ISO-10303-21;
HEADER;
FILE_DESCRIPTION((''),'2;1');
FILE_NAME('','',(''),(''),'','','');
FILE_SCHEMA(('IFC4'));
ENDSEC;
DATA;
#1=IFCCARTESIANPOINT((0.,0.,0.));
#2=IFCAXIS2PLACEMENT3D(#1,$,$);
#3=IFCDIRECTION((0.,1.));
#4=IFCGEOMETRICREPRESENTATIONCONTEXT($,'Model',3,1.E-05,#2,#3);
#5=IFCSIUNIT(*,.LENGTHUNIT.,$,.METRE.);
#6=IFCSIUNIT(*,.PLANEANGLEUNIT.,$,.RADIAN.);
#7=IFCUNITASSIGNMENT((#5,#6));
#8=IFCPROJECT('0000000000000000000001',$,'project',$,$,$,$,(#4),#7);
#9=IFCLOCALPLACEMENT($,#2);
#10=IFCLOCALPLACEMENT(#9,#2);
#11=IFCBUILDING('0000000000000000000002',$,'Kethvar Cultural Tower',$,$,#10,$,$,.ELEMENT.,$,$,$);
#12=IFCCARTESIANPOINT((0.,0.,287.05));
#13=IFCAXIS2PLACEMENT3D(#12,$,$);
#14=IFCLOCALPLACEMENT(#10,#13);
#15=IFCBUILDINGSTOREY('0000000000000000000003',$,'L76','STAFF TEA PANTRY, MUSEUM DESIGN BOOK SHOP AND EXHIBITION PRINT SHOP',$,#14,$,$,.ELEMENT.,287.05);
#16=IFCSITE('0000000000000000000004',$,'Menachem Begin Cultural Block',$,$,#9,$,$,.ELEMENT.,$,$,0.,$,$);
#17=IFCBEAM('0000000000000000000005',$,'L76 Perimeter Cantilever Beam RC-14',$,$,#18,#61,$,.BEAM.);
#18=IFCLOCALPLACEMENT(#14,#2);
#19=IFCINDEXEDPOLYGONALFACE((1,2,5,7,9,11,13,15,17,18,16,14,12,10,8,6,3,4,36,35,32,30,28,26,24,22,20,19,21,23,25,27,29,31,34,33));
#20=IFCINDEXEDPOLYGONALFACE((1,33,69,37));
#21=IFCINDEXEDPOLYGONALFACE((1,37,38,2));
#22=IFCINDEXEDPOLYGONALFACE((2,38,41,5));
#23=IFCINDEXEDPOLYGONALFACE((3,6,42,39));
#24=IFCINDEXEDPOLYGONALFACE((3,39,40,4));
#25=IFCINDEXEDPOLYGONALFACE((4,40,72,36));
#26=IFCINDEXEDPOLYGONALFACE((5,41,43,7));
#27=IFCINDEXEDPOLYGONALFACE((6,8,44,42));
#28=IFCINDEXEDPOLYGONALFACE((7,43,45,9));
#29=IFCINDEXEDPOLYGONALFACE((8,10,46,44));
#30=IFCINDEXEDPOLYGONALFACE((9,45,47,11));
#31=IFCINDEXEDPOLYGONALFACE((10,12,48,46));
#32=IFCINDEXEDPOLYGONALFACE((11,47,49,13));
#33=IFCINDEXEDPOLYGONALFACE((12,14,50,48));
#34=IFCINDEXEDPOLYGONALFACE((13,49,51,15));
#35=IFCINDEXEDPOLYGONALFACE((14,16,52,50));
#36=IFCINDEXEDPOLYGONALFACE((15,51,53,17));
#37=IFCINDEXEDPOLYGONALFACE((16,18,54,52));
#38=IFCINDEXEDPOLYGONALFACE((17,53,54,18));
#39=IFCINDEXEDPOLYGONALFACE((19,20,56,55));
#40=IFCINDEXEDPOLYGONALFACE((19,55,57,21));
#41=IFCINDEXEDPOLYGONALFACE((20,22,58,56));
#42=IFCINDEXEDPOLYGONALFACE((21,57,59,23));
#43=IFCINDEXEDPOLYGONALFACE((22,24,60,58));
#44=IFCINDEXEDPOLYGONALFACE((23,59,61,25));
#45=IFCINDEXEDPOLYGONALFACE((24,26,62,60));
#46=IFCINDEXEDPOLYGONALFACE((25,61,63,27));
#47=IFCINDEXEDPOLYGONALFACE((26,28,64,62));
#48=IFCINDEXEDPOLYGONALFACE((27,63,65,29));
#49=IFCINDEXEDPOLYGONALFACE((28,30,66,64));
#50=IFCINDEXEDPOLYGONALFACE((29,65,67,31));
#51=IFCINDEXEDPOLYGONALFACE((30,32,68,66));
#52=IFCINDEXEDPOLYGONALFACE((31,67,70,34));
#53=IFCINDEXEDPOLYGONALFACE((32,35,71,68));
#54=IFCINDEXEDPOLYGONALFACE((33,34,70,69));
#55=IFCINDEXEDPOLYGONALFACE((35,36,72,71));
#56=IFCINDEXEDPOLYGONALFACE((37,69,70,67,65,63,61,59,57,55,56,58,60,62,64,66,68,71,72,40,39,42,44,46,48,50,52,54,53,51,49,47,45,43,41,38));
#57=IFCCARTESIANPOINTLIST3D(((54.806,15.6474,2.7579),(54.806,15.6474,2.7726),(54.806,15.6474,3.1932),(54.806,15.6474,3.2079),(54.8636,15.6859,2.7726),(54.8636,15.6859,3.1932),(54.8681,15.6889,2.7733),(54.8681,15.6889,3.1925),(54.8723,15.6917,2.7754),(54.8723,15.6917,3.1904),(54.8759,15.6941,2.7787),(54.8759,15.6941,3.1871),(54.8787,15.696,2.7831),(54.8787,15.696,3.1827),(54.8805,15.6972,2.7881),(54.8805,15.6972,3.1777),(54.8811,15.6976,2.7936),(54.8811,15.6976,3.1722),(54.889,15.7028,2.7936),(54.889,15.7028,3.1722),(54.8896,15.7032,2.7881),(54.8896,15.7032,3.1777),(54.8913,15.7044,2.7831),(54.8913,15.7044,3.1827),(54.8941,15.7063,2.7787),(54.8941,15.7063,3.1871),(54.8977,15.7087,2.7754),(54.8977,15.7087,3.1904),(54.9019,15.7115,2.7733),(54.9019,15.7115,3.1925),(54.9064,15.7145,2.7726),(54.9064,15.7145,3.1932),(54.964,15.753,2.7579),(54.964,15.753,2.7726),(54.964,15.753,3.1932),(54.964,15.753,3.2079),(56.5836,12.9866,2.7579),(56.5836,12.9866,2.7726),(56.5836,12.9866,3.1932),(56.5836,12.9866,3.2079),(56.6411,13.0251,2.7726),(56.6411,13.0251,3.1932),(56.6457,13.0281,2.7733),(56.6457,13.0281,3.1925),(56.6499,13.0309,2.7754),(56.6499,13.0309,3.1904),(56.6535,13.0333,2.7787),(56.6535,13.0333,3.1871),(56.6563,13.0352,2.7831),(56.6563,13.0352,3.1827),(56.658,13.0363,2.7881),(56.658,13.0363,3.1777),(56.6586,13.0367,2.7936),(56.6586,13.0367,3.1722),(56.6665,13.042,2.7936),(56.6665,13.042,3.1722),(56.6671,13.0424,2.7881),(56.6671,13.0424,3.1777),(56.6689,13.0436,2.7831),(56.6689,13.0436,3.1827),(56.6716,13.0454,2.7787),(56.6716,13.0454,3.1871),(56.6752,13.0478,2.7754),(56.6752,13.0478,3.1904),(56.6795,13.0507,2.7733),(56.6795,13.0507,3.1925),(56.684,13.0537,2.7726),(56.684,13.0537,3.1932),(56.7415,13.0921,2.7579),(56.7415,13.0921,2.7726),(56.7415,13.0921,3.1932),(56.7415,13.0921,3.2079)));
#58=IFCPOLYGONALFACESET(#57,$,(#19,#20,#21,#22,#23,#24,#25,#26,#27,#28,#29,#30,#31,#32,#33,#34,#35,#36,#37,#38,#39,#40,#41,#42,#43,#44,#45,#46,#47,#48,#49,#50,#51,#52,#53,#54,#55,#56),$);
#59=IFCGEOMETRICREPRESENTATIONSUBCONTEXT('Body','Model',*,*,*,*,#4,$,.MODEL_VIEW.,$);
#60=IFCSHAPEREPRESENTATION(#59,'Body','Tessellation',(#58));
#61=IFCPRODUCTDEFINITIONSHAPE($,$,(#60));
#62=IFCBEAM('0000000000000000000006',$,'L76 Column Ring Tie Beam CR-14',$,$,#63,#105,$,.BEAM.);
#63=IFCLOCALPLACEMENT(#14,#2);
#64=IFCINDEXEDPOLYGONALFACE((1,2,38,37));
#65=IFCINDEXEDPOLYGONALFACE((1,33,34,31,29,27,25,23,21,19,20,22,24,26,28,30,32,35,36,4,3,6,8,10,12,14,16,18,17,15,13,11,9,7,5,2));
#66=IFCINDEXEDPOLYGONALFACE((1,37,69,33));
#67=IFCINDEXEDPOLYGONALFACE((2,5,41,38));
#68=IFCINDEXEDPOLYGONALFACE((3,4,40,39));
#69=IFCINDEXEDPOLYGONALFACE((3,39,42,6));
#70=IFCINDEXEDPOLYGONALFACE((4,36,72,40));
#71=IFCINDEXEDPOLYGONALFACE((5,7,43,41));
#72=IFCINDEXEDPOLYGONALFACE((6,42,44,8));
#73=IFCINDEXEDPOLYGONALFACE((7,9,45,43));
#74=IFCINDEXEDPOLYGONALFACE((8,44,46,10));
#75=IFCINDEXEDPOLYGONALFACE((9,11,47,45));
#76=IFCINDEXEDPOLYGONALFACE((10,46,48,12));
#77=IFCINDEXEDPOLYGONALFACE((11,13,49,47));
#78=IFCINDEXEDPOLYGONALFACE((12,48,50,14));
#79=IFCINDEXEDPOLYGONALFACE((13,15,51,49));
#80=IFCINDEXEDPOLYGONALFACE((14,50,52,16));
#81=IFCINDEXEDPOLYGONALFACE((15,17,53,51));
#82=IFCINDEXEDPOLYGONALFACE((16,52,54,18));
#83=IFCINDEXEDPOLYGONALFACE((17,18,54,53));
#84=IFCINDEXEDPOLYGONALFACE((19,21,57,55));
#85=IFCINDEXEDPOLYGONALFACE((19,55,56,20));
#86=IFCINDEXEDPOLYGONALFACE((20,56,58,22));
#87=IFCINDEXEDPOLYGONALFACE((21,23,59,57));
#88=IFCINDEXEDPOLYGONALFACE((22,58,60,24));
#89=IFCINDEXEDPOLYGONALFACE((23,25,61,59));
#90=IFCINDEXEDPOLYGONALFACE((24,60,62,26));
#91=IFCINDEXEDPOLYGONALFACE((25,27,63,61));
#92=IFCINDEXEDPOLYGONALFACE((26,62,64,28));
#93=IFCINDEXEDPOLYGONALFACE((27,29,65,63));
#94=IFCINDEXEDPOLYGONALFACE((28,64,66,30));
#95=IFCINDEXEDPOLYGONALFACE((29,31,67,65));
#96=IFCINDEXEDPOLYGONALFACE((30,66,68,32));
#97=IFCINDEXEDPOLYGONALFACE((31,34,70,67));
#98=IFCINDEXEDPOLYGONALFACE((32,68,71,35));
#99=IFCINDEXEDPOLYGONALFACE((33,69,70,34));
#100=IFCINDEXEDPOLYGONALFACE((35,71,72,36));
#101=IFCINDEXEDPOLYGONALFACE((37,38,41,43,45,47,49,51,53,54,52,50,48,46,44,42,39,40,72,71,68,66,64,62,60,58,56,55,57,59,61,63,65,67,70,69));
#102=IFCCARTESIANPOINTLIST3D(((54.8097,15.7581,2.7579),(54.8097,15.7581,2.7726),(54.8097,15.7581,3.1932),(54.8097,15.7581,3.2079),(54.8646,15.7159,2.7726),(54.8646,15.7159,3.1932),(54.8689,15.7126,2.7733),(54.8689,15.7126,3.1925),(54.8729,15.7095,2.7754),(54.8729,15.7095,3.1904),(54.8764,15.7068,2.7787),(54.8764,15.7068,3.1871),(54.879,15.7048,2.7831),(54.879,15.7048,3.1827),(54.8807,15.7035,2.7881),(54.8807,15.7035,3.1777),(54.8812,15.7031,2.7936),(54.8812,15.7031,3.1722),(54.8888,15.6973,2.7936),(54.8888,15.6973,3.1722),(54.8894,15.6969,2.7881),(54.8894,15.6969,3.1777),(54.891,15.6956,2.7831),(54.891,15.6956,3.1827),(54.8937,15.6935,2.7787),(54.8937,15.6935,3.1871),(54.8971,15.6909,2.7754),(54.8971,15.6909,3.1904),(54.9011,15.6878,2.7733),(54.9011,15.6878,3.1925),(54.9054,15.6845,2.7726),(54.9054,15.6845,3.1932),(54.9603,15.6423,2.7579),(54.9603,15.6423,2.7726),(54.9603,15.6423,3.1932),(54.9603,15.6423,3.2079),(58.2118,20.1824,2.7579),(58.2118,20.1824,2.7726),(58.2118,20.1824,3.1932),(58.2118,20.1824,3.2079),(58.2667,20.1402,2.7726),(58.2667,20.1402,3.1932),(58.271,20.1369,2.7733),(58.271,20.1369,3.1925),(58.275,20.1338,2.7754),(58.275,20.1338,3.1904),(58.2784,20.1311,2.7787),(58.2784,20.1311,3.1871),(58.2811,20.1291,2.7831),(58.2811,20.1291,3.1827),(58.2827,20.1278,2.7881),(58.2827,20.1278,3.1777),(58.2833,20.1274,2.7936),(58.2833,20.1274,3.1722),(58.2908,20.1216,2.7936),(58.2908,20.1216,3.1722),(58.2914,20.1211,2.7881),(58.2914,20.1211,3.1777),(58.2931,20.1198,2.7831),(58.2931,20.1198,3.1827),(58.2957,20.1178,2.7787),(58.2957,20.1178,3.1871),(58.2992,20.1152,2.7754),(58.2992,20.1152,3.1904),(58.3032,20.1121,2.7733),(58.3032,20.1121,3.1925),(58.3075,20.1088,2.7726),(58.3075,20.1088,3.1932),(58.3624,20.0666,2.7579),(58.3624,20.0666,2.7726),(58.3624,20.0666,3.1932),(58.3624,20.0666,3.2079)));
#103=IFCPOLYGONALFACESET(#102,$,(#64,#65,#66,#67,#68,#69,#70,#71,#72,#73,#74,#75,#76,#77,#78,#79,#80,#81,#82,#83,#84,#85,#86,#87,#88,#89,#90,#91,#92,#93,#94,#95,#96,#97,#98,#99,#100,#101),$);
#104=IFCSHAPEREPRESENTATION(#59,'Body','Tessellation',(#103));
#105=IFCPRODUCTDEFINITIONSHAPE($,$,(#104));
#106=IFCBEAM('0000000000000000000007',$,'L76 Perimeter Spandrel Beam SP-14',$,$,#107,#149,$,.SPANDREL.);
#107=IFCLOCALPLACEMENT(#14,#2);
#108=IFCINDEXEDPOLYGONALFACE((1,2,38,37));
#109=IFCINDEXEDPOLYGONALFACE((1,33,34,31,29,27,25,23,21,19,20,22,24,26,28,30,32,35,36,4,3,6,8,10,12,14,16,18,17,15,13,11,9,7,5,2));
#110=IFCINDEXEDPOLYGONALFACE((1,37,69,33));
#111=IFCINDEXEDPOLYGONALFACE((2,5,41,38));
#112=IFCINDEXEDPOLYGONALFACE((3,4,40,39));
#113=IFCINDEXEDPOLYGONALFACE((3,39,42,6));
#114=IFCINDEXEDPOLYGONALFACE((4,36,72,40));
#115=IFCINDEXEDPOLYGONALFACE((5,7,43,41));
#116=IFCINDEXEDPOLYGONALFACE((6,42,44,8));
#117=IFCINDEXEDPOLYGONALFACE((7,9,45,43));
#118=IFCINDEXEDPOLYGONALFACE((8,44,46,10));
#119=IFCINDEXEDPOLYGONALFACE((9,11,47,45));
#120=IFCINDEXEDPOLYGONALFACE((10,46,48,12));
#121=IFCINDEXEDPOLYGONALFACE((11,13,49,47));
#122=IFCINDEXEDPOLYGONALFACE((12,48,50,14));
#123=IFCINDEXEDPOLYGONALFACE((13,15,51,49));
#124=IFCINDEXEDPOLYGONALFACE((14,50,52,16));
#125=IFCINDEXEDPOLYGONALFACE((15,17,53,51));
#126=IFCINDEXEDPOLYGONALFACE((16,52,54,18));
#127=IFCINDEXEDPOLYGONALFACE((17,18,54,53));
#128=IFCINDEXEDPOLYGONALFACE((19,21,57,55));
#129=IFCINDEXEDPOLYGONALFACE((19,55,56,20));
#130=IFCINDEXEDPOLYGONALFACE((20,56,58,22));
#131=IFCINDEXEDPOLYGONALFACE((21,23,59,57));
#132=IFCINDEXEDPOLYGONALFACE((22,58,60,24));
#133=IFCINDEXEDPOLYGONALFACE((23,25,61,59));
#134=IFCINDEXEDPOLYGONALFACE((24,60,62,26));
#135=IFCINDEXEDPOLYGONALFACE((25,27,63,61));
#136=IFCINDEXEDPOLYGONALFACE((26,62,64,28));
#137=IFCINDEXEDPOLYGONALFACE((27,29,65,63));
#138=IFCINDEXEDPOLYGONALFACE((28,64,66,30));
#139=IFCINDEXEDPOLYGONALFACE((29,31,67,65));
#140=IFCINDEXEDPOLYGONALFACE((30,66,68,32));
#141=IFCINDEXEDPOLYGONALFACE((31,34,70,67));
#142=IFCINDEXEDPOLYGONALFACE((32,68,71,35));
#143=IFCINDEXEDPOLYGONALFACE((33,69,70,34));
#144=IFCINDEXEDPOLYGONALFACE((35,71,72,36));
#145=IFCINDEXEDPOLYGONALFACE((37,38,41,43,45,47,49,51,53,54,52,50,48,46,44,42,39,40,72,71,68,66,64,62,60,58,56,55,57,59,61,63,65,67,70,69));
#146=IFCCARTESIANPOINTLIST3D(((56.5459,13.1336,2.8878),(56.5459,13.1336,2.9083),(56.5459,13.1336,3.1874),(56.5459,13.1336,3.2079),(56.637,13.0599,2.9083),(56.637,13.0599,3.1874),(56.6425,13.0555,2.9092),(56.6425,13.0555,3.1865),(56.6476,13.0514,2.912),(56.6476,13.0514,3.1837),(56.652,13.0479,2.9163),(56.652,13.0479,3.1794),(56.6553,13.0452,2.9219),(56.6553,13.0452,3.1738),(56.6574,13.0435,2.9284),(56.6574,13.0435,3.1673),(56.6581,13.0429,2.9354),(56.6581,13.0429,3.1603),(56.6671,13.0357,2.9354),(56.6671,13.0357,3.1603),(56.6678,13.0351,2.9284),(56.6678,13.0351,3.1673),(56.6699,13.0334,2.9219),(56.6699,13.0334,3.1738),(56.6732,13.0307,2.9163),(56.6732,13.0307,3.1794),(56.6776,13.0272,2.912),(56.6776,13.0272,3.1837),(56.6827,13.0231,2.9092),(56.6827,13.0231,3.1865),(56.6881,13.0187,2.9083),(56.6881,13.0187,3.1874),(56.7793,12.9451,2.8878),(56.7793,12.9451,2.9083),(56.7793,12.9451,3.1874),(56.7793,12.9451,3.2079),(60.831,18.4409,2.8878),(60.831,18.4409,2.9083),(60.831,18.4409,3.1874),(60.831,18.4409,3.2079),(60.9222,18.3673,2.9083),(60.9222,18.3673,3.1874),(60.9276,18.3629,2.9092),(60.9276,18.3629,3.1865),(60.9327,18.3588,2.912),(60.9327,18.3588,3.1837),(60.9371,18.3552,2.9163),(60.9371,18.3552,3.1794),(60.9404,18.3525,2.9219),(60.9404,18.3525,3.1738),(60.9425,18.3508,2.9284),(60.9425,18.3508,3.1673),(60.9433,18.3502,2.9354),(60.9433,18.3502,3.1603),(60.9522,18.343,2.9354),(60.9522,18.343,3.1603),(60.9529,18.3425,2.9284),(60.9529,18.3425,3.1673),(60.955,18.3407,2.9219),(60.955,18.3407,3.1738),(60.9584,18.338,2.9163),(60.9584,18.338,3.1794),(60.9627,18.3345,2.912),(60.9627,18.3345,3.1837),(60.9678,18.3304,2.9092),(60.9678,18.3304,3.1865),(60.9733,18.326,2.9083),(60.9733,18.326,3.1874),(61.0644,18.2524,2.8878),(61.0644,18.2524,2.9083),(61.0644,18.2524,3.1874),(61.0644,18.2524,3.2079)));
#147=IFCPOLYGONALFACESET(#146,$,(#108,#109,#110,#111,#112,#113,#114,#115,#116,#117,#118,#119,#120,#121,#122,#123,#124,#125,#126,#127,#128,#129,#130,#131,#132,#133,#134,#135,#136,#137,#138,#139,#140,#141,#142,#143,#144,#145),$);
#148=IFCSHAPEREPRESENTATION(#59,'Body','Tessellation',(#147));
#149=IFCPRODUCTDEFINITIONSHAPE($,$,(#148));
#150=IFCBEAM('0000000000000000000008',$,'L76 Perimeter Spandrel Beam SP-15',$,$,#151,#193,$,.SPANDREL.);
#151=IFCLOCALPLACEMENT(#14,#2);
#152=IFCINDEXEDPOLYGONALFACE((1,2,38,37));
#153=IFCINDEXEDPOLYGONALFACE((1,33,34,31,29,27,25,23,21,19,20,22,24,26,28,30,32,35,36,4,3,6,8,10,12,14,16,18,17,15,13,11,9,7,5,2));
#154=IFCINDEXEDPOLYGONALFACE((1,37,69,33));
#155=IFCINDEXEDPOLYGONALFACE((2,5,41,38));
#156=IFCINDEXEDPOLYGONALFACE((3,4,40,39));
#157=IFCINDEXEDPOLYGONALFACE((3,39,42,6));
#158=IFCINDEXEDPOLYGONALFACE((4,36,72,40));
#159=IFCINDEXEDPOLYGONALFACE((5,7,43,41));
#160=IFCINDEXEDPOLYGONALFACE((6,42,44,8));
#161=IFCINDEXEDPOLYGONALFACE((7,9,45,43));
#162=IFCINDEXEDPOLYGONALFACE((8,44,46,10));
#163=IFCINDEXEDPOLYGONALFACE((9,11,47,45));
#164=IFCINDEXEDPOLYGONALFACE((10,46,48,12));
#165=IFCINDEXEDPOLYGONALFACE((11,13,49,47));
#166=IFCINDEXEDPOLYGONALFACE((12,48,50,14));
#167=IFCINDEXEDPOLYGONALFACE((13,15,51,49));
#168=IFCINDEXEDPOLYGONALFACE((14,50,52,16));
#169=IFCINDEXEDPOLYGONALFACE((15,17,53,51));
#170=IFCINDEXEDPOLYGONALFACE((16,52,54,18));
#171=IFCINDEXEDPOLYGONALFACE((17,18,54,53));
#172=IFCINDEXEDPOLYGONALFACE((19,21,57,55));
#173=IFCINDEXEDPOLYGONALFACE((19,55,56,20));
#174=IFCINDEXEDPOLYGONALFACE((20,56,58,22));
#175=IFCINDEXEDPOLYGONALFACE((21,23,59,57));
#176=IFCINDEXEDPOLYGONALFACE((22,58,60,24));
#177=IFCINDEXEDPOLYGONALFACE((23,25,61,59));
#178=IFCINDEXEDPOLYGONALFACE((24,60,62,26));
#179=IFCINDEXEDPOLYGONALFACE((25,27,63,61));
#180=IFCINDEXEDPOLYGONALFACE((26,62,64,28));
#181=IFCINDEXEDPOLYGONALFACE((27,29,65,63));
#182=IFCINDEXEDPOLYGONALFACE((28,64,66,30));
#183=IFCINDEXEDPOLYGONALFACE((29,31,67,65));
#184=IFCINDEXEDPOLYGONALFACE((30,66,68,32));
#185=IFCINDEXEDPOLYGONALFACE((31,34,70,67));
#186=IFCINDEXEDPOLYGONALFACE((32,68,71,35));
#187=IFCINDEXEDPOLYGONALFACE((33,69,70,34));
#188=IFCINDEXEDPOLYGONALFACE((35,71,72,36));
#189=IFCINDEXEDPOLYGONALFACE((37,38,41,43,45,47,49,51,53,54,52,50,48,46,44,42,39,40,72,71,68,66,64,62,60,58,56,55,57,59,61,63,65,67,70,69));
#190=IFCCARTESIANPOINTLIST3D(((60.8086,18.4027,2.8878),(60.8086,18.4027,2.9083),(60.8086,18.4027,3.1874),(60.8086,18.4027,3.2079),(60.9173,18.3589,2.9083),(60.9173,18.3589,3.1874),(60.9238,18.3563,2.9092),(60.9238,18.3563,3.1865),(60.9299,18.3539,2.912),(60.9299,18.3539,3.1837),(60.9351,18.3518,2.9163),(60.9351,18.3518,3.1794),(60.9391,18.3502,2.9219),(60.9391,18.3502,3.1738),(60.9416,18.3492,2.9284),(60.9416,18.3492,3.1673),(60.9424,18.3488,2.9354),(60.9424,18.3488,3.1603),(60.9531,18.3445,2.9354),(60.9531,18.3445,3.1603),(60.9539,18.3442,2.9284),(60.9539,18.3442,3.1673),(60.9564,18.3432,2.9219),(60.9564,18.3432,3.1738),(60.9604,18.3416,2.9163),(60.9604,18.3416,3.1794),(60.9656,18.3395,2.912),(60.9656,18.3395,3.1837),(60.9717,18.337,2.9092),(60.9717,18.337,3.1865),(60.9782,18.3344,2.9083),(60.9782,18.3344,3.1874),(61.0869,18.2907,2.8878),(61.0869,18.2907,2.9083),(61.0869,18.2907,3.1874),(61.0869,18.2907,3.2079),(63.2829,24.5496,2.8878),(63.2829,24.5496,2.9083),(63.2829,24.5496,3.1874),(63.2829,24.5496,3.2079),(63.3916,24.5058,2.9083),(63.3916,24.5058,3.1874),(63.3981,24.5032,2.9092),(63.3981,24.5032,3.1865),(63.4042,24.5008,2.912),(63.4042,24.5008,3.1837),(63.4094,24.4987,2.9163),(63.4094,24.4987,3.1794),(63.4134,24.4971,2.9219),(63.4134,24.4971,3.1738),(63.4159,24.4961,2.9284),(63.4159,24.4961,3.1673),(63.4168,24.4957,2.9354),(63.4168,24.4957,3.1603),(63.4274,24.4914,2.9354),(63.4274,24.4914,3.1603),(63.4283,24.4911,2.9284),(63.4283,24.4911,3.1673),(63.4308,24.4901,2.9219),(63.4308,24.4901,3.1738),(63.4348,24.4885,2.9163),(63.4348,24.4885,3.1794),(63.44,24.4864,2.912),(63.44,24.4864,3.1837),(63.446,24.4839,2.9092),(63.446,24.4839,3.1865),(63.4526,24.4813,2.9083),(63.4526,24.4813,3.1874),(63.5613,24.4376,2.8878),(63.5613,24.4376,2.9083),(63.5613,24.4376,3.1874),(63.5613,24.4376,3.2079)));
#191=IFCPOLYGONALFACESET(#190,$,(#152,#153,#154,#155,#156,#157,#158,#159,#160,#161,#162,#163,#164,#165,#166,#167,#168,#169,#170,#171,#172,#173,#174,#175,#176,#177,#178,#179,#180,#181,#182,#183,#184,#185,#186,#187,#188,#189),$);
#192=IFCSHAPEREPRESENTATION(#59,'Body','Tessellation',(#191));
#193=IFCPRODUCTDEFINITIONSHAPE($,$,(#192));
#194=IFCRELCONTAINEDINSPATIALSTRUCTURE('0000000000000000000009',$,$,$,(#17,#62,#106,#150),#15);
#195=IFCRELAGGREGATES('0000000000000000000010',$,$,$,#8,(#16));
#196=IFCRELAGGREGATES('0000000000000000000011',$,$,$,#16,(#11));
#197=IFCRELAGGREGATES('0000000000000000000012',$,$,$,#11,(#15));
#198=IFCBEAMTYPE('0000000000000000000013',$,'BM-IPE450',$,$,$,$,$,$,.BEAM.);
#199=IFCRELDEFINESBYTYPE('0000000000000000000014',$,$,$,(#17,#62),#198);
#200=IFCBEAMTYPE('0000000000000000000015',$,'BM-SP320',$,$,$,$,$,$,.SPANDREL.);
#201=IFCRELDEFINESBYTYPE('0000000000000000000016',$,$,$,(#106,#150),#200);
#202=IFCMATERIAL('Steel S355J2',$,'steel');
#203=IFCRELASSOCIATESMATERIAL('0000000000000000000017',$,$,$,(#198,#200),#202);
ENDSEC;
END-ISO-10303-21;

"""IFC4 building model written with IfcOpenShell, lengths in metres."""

from ifc_helpers import new_model, si_unit, direction, frame, origin, origin_2d, place, context, subcontext, project, spatial, i_section, extrude, source, transform, mapped, material, material_profile, profile_set, type_object, element, save


model = new_model("IFC4")

# Units and contexts
model_context = context("Model", 3, precision=1e-05, world=origin(), true_north=direction((0.0, 1.0)))
body_context = subcontext(model_context, "Body", "Model", "MODEL_VIEW")
ifc_project = project(units=[si_unit("LENGTHUNIT", "METRE"), si_unit("PLANEANGLEUNIT", "RADIAN")], contexts=[model_context])

# Site, building, storey
site_placement = place(None, origin())
site = spatial("IfcSite", under=ifc_project, at=site_placement, Name="Menachem Begin Cultural Block", CompositionType="ELEMENT", RefElevation=0.0)
building_placement = place(site_placement, origin())
building = spatial("IfcBuilding", under=site, at=building_placement, Name="Kethvar Cultural Tower", CompositionType="ELEMENT")
storey_placement = place(building_placement, frame((0.0, 0.0, 287.05)))
storey = spatial("IfcBuildingStorey", under=building, at=storey_placement, Name="L76", Description="STAFF TEA PANTRY, MUSEUM DESIGN BOOK SHOP AND EXHIBITION PRINT SHOP", CompositionType="ELEMENT", Elevation=287.05)

# Beams
ifc_material_1 = material(Name="Steel S355J2", Category="steel")
ifc_material_profile_1 = material_profile(ifc_material_1, i_section(OverallWidth=0.1899, OverallDepth=0.45, WebThickness=0.0095, FlangeThickness=0.0146, FilletRadius=0.021, at=origin_2d()), Name="Steel S355J2 — IPE450")
ifc_profile_set_1 = profile_set([ifc_material_profile_1], Name="Steel S355J2 — IPE450")
beam_type_1 = type_object("IfcBeamType", Name="BM-IPE450", PredefinedType="BEAM", material=ifc_profile_set_1)
shared_shape_1 = source(origin(), body_context, "Body", "SweptSolid", [
    extrude(i_section(OverallWidth=0.1899, OverallDepth=0.45, WebThickness=0.0095, FlangeThickness=0.0146, FilletRadius=0.021, at=origin_2d()), origin(), (0.0, 0.0, 1.0), 3.2),
])
beam_1_placement = place(storey_placement, frame((54.885, 15.7002, 2.9829), z_axis=(0.555492, -0.831522, 0.0), x_axis=(0.831522, 0.555492, 0.0)))
element("IfcBeam", 1, at=beam_1_placement, inside=storey, type_object=beam_type_1, Name="L76 Perimeter Cantilever Beam RC-14", PredefinedType="BEAM", context=body_context, shape_type="MappedRepresentation", body=[
    mapped(shared_shape_1, transform((0.0, 0.0, 0.0), scale=1.0)),
])
shared_shape_2 = source(origin(), body_context, "Body", "SweptSolid", [
    extrude(i_section(OverallWidth=0.1899, OverallDepth=0.45, WebThickness=0.0095, FlangeThickness=0.0146, FilletRadius=0.021, at=origin_2d()), origin(), (0.0, 0.0, 1.0), 5.5811),
])
beam_2_placement = place(storey_placement, frame((54.885, 15.7002, 2.9829), z_axis=(0.609573, 0.79273, 0.0), x_axis=(-0.79273, 0.609573, 0.0)))
element("IfcBeam", 2, at=beam_2_placement, inside=storey, type_object=beam_type_1, Name="L76 Column Ring Tie Beam CR-14", PredefinedType="BEAM", context=body_context, shape_type="MappedRepresentation", body=[
    mapped(shared_shape_2, transform((0.0, 0.0, 0.0), scale=1.0)),
])
ifc_material_profile_2 = material_profile(ifc_material_1, i_section(OverallWidth=0.3, OverallDepth=0.3201, WebThickness=0.0115, FlangeThickness=0.0205, FilletRadius=0.0271, at=origin_2d()), Name="Steel S355J2 — HEB320")
ifc_profile_set_2 = profile_set([ifc_material_profile_2], Name="Steel S355J2 — HEB320")
beam_type_2 = type_object("IfcBeamType", Name="BM-SP320", PredefinedType="SPANDREL", material=ifc_profile_set_2)
shared_shape_3 = source(origin(), body_context, "Body", "SweptSolid", [
    extrude(i_section(OverallWidth=0.3, OverallDepth=0.3201, WebThickness=0.0115, FlangeThickness=0.0205, FilletRadius=0.0271, at=origin_2d()), origin(), (0.0, 0.0, 1.0), 6.8213),
])
beam_3_placement = place(storey_placement, frame((56.6626, 13.0393, 3.0479), z_axis=(0.628198, 0.778054, 0.0), x_axis=(-0.778054, 0.628198, 0.0)))
element("IfcBeam", 3, at=beam_3_placement, inside=storey, type_object=beam_type_2, Name="L76 Perimeter Spandrel Beam SP-14", PredefinedType="SPANDREL", context=body_context, shape_type="MappedRepresentation", body=[
    mapped(shared_shape_3, transform((0.0, 0.0, 0.0), scale=1.0)),
])
shared_shape_4 = source(origin(), body_context, "Body", "SweptSolid", [
    extrude(i_section(OverallWidth=0.3, OverallDepth=0.3201, WebThickness=0.0115, FlangeThickness=0.0205, FilletRadius=0.0271, at=origin_2d()), origin(), (0.0, 0.0, 1.0), 6.6262),
])
beam_4_placement = place(storey_placement, frame((60.9478, 18.3467, 3.0479), z_axis=(0.373416, 0.927664, 0.0), x_axis=(-0.927664, 0.373416, 0.0)))
element("IfcBeam", 4, at=beam_4_placement, inside=storey, type_object=beam_type_2, Name="L76 Perimeter Spandrel Beam SP-15", PredefinedType="SPANDREL", context=body_context, shape_type="MappedRepresentation", body=[
    mapped(shared_shape_4, transform((0.0, 0.0, 0.0), scale=1.0)),
])

save(model, "model.ifc")
